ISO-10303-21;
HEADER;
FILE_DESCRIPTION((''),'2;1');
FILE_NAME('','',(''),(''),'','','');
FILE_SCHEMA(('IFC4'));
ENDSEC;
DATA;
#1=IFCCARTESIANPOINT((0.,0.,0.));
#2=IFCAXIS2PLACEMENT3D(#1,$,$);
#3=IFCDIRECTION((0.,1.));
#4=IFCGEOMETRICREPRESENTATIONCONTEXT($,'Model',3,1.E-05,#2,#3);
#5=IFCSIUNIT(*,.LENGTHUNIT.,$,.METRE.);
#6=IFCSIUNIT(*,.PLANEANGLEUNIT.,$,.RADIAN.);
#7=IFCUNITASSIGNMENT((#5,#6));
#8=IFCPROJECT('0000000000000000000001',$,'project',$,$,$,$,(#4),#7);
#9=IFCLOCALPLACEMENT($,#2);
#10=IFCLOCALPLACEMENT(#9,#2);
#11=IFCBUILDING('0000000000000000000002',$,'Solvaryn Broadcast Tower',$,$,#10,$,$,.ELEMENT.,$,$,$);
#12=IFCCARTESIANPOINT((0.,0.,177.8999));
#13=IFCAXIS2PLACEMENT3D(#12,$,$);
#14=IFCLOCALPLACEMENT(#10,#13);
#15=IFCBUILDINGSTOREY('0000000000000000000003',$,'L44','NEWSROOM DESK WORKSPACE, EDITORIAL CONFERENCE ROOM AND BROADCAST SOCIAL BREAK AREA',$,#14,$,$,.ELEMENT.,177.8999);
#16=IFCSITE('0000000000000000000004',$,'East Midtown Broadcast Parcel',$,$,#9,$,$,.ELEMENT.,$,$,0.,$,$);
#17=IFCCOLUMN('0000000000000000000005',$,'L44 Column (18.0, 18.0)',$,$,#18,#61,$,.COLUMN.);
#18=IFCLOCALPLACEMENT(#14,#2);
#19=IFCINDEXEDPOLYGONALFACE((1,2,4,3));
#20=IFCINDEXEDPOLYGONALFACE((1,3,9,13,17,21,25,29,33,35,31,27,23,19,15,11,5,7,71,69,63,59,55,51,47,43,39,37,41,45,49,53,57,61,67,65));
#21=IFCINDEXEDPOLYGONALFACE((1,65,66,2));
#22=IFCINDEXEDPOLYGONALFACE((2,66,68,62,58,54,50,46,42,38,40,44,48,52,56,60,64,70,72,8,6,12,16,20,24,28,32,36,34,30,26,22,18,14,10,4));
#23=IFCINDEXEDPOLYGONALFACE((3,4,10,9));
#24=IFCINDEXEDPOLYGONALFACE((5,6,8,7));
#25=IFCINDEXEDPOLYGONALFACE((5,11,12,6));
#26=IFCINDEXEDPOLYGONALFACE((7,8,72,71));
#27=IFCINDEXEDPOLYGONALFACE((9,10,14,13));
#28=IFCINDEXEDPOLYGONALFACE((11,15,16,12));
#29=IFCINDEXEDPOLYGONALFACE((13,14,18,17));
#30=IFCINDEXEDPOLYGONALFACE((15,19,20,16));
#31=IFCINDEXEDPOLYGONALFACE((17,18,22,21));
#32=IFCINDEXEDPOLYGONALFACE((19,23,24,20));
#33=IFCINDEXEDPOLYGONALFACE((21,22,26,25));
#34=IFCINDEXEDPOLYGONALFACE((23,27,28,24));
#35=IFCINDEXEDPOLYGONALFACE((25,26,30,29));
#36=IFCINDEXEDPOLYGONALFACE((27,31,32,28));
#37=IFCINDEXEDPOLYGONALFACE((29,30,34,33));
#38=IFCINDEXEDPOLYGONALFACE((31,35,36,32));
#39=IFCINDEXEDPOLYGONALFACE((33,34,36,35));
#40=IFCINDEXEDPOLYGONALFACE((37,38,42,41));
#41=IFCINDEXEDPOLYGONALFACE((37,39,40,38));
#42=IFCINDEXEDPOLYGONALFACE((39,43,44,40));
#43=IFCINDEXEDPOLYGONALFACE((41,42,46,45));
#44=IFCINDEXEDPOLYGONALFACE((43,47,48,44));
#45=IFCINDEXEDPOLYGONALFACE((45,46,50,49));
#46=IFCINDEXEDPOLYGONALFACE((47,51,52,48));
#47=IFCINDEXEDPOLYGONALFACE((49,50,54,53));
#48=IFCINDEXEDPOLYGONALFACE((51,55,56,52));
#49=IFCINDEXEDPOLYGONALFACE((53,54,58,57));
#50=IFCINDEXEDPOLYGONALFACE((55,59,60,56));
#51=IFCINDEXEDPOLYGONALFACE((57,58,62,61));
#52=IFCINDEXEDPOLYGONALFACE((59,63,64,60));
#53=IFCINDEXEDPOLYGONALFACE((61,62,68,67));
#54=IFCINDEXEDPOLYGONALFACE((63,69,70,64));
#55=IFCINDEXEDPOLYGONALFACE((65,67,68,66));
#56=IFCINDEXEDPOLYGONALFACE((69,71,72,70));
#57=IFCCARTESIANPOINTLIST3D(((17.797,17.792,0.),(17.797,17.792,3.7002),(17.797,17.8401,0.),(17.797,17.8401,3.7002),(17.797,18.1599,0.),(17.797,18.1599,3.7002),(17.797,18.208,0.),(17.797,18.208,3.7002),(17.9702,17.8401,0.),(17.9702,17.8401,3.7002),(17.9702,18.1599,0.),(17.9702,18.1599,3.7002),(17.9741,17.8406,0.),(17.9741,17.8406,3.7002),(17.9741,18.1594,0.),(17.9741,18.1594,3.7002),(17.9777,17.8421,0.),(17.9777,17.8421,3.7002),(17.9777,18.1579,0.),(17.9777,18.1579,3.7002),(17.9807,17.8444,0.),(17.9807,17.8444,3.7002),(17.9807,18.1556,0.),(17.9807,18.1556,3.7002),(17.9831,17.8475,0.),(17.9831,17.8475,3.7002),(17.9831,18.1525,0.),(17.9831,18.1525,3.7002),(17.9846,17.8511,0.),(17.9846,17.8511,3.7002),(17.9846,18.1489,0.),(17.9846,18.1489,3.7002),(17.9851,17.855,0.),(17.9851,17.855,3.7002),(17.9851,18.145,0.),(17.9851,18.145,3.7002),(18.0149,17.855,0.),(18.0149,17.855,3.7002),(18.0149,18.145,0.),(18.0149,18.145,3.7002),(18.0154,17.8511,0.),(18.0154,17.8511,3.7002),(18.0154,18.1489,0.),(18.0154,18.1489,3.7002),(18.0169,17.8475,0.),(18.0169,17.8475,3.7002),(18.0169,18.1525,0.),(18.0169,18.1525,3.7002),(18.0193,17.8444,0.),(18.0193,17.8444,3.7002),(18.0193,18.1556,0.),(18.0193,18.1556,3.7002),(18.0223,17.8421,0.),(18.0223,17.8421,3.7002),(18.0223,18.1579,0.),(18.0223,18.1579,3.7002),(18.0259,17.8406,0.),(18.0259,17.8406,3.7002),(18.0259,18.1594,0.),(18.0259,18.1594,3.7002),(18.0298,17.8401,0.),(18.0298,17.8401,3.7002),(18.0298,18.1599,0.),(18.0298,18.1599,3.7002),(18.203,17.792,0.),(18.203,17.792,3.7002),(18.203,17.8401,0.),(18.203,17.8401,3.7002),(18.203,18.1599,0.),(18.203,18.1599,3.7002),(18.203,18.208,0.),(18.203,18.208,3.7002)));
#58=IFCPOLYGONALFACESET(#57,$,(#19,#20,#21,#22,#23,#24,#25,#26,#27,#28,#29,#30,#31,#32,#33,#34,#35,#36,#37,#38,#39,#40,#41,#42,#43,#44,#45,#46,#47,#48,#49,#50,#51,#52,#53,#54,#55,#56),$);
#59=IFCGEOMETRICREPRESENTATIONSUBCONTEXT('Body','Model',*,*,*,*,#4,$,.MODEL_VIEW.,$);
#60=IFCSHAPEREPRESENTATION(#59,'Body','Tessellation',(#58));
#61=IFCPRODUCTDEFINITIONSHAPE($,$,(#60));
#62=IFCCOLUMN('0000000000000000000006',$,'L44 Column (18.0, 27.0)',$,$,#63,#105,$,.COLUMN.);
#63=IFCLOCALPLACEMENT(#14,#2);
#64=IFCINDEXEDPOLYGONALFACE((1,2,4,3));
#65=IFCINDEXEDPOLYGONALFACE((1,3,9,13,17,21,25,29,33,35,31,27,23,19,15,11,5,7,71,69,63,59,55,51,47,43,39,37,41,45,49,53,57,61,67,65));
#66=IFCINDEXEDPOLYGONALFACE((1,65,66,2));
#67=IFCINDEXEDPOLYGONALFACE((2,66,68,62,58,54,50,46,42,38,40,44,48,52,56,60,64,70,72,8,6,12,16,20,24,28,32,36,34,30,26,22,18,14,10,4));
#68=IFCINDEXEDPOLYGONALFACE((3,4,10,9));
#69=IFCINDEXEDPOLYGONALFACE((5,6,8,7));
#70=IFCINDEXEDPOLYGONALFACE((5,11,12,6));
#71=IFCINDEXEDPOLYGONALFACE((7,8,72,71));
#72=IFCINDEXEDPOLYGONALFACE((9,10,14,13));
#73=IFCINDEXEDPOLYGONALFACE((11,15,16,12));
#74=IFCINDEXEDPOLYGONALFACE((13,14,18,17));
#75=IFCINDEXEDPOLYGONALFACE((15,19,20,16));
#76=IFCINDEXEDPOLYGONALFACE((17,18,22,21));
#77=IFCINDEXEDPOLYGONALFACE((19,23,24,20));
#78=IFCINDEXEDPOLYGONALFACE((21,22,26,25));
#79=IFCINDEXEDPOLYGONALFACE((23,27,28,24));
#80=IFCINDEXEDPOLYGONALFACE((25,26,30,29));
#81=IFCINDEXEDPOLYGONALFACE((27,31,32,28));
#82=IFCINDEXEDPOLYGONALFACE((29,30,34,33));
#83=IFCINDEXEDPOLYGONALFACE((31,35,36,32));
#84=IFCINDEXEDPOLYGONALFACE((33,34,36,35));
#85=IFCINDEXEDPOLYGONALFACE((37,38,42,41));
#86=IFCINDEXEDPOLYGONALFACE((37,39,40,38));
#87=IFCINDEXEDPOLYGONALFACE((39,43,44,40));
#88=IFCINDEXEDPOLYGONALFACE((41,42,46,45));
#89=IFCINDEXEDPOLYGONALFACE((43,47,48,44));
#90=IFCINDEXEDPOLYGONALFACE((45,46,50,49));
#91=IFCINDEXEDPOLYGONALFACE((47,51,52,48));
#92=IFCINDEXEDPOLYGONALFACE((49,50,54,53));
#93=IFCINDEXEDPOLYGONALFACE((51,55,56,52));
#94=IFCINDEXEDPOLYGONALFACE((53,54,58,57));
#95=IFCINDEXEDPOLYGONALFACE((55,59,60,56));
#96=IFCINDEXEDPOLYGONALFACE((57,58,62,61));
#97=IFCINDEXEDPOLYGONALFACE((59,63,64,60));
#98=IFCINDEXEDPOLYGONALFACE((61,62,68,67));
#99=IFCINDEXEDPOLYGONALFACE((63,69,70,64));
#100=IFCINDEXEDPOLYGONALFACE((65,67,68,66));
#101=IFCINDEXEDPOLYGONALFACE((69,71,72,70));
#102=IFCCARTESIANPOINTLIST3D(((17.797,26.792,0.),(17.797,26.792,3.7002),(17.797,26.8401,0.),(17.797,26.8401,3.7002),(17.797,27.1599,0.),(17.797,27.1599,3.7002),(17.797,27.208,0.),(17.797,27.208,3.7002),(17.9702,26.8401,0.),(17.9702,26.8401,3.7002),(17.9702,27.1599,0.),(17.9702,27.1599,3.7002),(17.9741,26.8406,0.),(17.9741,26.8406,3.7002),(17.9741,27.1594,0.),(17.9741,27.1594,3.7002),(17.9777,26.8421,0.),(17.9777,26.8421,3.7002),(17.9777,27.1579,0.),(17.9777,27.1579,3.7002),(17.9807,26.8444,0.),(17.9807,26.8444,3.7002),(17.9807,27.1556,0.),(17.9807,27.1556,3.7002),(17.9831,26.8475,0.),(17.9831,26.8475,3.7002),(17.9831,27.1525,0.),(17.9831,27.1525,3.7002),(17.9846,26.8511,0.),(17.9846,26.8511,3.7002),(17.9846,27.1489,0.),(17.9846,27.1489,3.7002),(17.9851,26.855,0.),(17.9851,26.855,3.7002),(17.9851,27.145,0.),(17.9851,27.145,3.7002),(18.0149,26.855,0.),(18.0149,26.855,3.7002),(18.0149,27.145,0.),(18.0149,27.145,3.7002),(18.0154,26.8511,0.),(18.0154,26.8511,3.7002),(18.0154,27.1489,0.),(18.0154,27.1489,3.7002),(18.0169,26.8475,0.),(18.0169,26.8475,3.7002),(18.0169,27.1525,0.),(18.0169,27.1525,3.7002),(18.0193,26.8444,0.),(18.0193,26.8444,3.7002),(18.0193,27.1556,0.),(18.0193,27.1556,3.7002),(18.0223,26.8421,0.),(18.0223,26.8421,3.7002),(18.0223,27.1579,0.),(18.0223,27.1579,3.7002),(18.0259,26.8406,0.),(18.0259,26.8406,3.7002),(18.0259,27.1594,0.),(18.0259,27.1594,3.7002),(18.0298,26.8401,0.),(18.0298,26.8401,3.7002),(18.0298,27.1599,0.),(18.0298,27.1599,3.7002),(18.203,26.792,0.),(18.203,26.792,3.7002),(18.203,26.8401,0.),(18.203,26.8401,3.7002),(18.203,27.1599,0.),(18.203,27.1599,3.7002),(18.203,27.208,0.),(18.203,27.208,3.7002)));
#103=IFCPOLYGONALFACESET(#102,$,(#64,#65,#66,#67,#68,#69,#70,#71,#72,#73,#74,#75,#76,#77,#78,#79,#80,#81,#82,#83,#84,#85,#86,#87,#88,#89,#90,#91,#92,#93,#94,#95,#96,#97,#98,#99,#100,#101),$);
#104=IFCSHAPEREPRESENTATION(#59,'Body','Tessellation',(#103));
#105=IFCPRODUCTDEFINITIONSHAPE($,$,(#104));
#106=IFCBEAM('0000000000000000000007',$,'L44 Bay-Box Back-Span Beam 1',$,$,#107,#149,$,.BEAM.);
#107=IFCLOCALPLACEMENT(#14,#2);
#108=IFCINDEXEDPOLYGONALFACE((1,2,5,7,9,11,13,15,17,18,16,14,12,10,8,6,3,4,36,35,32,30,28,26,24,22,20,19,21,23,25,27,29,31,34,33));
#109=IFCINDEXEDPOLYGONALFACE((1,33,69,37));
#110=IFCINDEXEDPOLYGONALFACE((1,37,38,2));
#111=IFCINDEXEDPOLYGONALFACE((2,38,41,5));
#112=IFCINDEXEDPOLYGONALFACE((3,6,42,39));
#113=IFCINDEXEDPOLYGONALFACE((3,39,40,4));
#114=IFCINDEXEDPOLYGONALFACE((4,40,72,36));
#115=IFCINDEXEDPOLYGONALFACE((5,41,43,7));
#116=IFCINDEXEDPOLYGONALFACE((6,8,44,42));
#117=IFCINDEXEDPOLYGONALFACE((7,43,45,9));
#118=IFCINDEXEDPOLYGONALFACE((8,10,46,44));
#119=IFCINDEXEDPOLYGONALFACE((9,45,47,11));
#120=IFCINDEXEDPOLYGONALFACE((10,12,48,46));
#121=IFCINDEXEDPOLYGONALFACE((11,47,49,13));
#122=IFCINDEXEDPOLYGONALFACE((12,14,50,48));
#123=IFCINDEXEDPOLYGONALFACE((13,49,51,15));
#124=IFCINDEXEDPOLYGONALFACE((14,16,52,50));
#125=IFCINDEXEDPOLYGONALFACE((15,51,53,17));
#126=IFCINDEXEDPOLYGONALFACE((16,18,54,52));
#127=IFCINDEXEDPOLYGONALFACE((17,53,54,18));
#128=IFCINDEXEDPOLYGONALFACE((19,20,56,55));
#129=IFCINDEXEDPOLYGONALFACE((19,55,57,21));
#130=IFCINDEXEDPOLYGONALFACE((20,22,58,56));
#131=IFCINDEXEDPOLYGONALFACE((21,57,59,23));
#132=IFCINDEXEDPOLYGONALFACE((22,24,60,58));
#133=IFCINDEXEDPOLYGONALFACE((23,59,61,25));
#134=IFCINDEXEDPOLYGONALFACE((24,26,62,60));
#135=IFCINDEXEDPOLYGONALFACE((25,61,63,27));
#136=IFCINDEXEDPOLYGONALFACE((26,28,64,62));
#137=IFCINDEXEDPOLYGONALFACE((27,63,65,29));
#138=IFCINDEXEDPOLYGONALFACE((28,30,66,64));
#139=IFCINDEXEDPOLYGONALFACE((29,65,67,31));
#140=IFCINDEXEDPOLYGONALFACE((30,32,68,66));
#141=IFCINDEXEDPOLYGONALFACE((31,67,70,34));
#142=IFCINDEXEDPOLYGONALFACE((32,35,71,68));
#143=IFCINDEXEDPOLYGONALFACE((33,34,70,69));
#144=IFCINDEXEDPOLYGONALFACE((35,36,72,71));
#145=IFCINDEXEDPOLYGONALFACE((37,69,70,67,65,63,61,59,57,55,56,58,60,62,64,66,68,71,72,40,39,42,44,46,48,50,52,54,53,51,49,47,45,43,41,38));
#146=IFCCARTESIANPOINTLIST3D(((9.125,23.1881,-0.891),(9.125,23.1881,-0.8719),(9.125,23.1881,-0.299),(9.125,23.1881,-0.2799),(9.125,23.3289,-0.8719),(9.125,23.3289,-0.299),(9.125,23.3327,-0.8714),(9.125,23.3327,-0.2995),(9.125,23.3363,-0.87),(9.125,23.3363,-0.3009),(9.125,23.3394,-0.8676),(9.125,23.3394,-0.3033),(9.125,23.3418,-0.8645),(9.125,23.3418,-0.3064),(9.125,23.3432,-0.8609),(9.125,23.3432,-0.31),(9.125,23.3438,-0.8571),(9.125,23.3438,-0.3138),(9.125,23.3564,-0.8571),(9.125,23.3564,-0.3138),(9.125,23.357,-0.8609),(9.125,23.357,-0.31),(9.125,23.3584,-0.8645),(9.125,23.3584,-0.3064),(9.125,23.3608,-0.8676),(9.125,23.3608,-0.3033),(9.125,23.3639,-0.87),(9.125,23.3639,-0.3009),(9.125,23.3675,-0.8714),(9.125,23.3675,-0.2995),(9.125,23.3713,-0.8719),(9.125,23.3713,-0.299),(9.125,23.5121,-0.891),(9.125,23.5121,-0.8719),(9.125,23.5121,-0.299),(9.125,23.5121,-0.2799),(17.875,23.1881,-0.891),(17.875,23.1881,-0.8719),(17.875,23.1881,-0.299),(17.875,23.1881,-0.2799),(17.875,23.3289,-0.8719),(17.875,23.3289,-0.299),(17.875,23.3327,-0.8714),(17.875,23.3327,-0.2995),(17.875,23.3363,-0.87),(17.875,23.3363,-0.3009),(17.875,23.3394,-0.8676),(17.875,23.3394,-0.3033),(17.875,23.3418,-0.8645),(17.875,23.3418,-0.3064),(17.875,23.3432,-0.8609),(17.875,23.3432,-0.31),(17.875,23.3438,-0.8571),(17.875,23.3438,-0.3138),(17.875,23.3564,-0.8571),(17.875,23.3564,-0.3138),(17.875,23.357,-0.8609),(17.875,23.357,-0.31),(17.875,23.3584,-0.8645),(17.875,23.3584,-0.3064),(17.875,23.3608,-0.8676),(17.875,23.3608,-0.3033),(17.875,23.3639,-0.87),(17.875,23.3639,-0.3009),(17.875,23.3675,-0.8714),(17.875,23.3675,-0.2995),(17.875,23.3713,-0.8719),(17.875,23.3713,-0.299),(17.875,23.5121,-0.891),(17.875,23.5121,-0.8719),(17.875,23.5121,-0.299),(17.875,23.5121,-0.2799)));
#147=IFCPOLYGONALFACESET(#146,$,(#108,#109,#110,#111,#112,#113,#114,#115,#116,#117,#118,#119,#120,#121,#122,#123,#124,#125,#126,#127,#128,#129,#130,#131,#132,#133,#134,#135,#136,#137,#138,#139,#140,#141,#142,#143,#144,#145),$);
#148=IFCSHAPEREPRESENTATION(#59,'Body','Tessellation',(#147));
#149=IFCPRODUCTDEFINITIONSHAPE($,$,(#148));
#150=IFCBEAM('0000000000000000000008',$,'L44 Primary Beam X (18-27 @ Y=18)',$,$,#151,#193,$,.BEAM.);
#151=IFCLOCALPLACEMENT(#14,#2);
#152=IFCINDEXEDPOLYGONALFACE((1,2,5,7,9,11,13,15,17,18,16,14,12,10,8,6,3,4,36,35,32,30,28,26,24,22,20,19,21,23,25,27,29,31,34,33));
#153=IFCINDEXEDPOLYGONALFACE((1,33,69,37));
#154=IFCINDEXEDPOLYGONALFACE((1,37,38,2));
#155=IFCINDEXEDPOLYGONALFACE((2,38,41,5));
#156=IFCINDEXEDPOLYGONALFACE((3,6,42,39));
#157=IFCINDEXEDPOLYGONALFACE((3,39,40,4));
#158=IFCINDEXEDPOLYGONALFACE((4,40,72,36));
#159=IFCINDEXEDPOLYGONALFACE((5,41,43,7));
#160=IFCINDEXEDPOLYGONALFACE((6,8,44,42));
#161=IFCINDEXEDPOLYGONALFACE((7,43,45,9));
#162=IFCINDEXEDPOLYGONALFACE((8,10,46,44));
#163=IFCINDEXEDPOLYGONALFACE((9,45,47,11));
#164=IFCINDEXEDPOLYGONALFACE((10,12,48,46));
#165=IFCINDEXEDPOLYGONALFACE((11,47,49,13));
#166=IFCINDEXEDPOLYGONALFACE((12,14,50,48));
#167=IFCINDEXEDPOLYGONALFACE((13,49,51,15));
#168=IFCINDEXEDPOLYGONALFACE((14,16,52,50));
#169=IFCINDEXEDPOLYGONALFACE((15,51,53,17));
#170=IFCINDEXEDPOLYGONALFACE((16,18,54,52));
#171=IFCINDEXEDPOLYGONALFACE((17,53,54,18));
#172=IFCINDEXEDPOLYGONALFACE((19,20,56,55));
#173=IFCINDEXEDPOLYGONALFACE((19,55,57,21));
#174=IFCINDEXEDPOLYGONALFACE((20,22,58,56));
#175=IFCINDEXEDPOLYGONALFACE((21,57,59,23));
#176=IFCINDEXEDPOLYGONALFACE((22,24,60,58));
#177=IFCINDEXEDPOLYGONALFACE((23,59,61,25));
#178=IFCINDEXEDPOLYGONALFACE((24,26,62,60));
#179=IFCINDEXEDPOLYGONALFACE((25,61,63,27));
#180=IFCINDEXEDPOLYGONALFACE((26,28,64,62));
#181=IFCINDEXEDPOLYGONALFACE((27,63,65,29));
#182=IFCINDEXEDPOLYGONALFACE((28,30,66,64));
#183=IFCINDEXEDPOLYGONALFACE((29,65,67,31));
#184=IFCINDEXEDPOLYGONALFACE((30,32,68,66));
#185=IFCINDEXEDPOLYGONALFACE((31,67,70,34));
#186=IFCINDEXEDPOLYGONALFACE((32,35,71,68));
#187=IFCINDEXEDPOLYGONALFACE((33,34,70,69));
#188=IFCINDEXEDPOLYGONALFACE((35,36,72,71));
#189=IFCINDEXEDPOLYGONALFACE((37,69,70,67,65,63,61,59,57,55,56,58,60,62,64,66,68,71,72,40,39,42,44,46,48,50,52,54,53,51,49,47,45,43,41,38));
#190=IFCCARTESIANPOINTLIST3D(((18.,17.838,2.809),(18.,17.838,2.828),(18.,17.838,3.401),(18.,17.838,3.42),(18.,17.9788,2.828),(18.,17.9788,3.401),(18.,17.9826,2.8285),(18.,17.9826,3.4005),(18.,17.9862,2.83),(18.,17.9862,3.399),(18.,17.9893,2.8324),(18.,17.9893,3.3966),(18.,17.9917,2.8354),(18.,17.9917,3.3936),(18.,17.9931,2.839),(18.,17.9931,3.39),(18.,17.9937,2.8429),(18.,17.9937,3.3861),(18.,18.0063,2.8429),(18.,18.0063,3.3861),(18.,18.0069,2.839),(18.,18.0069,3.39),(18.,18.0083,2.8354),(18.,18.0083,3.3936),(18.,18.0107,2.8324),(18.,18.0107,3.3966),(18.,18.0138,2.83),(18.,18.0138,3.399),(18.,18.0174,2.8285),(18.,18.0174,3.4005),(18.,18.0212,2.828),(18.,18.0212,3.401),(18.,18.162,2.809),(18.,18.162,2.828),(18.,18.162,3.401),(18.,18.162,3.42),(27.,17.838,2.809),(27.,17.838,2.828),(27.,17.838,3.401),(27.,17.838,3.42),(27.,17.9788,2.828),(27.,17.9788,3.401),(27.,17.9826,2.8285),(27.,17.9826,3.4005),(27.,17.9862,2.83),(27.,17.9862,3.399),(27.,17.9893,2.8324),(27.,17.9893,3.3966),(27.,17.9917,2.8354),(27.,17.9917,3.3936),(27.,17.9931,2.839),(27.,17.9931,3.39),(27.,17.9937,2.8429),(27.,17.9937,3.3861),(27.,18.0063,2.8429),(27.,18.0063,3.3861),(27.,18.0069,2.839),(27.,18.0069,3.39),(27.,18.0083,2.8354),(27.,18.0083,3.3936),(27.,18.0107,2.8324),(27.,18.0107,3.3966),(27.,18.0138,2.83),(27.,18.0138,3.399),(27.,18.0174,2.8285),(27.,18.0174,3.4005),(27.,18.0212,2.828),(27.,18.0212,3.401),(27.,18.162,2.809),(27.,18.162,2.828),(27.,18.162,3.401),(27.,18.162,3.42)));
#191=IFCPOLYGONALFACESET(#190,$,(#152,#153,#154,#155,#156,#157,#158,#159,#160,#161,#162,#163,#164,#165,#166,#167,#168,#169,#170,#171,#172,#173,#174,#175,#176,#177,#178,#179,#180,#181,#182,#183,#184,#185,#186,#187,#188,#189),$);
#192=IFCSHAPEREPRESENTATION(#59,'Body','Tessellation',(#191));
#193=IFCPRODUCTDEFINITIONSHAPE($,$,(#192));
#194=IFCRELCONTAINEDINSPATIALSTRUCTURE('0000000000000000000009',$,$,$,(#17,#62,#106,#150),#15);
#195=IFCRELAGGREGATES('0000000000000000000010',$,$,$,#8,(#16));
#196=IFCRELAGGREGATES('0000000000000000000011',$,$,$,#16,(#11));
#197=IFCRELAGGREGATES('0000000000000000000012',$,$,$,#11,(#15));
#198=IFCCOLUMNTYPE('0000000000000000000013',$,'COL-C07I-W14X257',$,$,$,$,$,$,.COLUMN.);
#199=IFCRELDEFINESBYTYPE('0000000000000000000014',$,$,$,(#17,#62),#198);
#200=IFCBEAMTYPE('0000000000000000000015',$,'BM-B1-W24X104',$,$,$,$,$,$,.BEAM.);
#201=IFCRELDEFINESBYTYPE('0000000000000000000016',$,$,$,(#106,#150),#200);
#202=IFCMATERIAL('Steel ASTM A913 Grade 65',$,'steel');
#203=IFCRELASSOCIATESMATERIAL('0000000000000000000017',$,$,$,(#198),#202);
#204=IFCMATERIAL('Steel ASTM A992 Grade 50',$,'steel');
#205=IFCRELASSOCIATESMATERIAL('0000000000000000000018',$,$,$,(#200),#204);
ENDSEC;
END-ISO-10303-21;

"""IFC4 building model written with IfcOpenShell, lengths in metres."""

from ifc_helpers import new_model, si_unit, direction, frame, origin, origin_2d, place, context, subcontext, project, spatial, i_section, extrude, material, material_profile, profile_set, type_object, element, save


model = new_model("IFC4")

# Units and contexts
model_context = context("Model", 3, precision=1e-05, world=origin(), true_north=direction((0.0, 1.0)))
body_context = subcontext(model_context, "Body", "Model", "MODEL_VIEW")
ifc_project = project(units=[si_unit("LENGTHUNIT", "METRE"), si_unit("PLANEANGLEUNIT", "RADIAN")], contexts=[model_context])

# Site, building, storey
site_placement = place(None, origin())
site = spatial("IfcSite", under=ifc_project, at=site_placement, Name="East Midtown Broadcast Parcel", CompositionType="ELEMENT", RefElevation=0.0)
building_placement = place(site_placement, origin())
building = spatial("IfcBuilding", under=site, at=building_placement, Name="Solvaryn Broadcast Tower", CompositionType="ELEMENT")
storey_placement = place(building_placement, frame((0.0, 0.0, 177.8999)))
storey = spatial("IfcBuildingStorey", under=building, at=storey_placement, Name="L44", Description="NEWSROOM DESK WORKSPACE, EDITORIAL CONFERENCE ROOM AND BROADCAST SOCIAL BREAK AREA", CompositionType="ELEMENT", Elevation=177.8999)

# Columns
ifc_material_1 = material(Name="Steel ASTM A913 Grade 65", Category="steel")
ifc_material_profile_1 = material_profile(ifc_material_1, i_section(OverallWidth=0.406, OverallDepth=0.416, WebThickness=0.0298, FlangeThickness=0.0481, FilletRadius=0.0149, at=origin_2d()))
ifc_profile_set_1 = profile_set([ifc_material_profile_1], Name="Steel ASTM A913 Grade 65")
column_type = type_object("IfcColumnType", Name="COL-C07I-W14X257", PredefinedType="COLUMN", material=ifc_profile_set_1)
for number, where, z_axis, x_axis, name in (
    (1, (18.0, 18.0, 0.0), (0.0, 0.0, 1.0), (1.0, 0.0, 0.0), "L44 Column (18.0, 18.0)"),
    (2, (18.0, 27.0, 0.0), (0.0, 0.0, 1.0), (1.0, 0.0, 0.0), "L44 Column (18.0, 27.0)"),
):
    element("IfcColumn", number, at=place(storey_placement, frame(where, z_axis=z_axis, x_axis=x_axis)), inside=storey, type_object=column_type, Name=name, PredefinedType="COLUMN", context=body_context, shape_type="SweptSolid", body=[
        extrude(i_section(OverallWidth=0.406, OverallDepth=0.416, WebThickness=0.0298, FlangeThickness=0.0481, FilletRadius=0.0149, at=origin_2d()), origin(), (0.0, 0.0, 1.0), 3.7002),
    ])

# Beams
ifc_material_2 = material(Name="Steel ASTM A992 Grade 50", Category="steel")
ifc_material_profile_2 = material_profile(ifc_material_2, i_section(OverallWidth=0.324, OverallDepth=0.6111, WebThickness=0.0127, FlangeThickness=0.019, FilletRadius=0.0149, at=origin_2d()))
ifc_profile_set_2 = profile_set([ifc_material_profile_2], Name="Steel ASTM A992 Grade 50")
beam_type_1 = type_object("IfcBeamType", Name="BM-B1-W24X104", PredefinedType="BEAM", material=ifc_profile_set_2)
beam_1_placement = place(storey_placement, frame((17.875, 23.3501, -0.5854), z_axis=(-1.0, 0.0, 0.0), x_axis=(0.0, -1.0, 0.0)))
element("IfcBeam", 3, at=beam_1_placement, inside=storey, type_object=beam_type_1, Name="L44 Bay-Box Back-Span Beam 1", PredefinedType="BEAM", context=body_context, shape_type="SweptSolid", body=[
    extrude(i_section(OverallWidth=0.324, OverallDepth=0.6111, WebThickness=0.0127, FlangeThickness=0.019, FilletRadius=0.0149, at=origin_2d()), origin(), (0.0, 0.0, 1.0), 8.75),
])
for number, where, z_axis, x_axis, name in (
    (4, (18.0, 18.0, 3.1145), (1.0, 0.0, 0.0), (0.0, 1.0, 0.0), "L44 Primary Beam X (18-27 @ Y=18)"),
):
    element("IfcBeam", number, at=place(storey_placement, frame(where, z_axis=z_axis, x_axis=x_axis)), inside=storey, type_object=beam_type_1, Name=name, PredefinedType="BEAM", context=body_context, shape_type="SweptSolid", body=[
        extrude(i_section(OverallWidth=0.324, OverallDepth=0.6111, WebThickness=0.0127, FlangeThickness=0.019, FilletRadius=0.0149, at=origin_2d()), origin(), (0.0, 0.0, 1.0), 9.0),
    ])

save(model, "model.ifc")
